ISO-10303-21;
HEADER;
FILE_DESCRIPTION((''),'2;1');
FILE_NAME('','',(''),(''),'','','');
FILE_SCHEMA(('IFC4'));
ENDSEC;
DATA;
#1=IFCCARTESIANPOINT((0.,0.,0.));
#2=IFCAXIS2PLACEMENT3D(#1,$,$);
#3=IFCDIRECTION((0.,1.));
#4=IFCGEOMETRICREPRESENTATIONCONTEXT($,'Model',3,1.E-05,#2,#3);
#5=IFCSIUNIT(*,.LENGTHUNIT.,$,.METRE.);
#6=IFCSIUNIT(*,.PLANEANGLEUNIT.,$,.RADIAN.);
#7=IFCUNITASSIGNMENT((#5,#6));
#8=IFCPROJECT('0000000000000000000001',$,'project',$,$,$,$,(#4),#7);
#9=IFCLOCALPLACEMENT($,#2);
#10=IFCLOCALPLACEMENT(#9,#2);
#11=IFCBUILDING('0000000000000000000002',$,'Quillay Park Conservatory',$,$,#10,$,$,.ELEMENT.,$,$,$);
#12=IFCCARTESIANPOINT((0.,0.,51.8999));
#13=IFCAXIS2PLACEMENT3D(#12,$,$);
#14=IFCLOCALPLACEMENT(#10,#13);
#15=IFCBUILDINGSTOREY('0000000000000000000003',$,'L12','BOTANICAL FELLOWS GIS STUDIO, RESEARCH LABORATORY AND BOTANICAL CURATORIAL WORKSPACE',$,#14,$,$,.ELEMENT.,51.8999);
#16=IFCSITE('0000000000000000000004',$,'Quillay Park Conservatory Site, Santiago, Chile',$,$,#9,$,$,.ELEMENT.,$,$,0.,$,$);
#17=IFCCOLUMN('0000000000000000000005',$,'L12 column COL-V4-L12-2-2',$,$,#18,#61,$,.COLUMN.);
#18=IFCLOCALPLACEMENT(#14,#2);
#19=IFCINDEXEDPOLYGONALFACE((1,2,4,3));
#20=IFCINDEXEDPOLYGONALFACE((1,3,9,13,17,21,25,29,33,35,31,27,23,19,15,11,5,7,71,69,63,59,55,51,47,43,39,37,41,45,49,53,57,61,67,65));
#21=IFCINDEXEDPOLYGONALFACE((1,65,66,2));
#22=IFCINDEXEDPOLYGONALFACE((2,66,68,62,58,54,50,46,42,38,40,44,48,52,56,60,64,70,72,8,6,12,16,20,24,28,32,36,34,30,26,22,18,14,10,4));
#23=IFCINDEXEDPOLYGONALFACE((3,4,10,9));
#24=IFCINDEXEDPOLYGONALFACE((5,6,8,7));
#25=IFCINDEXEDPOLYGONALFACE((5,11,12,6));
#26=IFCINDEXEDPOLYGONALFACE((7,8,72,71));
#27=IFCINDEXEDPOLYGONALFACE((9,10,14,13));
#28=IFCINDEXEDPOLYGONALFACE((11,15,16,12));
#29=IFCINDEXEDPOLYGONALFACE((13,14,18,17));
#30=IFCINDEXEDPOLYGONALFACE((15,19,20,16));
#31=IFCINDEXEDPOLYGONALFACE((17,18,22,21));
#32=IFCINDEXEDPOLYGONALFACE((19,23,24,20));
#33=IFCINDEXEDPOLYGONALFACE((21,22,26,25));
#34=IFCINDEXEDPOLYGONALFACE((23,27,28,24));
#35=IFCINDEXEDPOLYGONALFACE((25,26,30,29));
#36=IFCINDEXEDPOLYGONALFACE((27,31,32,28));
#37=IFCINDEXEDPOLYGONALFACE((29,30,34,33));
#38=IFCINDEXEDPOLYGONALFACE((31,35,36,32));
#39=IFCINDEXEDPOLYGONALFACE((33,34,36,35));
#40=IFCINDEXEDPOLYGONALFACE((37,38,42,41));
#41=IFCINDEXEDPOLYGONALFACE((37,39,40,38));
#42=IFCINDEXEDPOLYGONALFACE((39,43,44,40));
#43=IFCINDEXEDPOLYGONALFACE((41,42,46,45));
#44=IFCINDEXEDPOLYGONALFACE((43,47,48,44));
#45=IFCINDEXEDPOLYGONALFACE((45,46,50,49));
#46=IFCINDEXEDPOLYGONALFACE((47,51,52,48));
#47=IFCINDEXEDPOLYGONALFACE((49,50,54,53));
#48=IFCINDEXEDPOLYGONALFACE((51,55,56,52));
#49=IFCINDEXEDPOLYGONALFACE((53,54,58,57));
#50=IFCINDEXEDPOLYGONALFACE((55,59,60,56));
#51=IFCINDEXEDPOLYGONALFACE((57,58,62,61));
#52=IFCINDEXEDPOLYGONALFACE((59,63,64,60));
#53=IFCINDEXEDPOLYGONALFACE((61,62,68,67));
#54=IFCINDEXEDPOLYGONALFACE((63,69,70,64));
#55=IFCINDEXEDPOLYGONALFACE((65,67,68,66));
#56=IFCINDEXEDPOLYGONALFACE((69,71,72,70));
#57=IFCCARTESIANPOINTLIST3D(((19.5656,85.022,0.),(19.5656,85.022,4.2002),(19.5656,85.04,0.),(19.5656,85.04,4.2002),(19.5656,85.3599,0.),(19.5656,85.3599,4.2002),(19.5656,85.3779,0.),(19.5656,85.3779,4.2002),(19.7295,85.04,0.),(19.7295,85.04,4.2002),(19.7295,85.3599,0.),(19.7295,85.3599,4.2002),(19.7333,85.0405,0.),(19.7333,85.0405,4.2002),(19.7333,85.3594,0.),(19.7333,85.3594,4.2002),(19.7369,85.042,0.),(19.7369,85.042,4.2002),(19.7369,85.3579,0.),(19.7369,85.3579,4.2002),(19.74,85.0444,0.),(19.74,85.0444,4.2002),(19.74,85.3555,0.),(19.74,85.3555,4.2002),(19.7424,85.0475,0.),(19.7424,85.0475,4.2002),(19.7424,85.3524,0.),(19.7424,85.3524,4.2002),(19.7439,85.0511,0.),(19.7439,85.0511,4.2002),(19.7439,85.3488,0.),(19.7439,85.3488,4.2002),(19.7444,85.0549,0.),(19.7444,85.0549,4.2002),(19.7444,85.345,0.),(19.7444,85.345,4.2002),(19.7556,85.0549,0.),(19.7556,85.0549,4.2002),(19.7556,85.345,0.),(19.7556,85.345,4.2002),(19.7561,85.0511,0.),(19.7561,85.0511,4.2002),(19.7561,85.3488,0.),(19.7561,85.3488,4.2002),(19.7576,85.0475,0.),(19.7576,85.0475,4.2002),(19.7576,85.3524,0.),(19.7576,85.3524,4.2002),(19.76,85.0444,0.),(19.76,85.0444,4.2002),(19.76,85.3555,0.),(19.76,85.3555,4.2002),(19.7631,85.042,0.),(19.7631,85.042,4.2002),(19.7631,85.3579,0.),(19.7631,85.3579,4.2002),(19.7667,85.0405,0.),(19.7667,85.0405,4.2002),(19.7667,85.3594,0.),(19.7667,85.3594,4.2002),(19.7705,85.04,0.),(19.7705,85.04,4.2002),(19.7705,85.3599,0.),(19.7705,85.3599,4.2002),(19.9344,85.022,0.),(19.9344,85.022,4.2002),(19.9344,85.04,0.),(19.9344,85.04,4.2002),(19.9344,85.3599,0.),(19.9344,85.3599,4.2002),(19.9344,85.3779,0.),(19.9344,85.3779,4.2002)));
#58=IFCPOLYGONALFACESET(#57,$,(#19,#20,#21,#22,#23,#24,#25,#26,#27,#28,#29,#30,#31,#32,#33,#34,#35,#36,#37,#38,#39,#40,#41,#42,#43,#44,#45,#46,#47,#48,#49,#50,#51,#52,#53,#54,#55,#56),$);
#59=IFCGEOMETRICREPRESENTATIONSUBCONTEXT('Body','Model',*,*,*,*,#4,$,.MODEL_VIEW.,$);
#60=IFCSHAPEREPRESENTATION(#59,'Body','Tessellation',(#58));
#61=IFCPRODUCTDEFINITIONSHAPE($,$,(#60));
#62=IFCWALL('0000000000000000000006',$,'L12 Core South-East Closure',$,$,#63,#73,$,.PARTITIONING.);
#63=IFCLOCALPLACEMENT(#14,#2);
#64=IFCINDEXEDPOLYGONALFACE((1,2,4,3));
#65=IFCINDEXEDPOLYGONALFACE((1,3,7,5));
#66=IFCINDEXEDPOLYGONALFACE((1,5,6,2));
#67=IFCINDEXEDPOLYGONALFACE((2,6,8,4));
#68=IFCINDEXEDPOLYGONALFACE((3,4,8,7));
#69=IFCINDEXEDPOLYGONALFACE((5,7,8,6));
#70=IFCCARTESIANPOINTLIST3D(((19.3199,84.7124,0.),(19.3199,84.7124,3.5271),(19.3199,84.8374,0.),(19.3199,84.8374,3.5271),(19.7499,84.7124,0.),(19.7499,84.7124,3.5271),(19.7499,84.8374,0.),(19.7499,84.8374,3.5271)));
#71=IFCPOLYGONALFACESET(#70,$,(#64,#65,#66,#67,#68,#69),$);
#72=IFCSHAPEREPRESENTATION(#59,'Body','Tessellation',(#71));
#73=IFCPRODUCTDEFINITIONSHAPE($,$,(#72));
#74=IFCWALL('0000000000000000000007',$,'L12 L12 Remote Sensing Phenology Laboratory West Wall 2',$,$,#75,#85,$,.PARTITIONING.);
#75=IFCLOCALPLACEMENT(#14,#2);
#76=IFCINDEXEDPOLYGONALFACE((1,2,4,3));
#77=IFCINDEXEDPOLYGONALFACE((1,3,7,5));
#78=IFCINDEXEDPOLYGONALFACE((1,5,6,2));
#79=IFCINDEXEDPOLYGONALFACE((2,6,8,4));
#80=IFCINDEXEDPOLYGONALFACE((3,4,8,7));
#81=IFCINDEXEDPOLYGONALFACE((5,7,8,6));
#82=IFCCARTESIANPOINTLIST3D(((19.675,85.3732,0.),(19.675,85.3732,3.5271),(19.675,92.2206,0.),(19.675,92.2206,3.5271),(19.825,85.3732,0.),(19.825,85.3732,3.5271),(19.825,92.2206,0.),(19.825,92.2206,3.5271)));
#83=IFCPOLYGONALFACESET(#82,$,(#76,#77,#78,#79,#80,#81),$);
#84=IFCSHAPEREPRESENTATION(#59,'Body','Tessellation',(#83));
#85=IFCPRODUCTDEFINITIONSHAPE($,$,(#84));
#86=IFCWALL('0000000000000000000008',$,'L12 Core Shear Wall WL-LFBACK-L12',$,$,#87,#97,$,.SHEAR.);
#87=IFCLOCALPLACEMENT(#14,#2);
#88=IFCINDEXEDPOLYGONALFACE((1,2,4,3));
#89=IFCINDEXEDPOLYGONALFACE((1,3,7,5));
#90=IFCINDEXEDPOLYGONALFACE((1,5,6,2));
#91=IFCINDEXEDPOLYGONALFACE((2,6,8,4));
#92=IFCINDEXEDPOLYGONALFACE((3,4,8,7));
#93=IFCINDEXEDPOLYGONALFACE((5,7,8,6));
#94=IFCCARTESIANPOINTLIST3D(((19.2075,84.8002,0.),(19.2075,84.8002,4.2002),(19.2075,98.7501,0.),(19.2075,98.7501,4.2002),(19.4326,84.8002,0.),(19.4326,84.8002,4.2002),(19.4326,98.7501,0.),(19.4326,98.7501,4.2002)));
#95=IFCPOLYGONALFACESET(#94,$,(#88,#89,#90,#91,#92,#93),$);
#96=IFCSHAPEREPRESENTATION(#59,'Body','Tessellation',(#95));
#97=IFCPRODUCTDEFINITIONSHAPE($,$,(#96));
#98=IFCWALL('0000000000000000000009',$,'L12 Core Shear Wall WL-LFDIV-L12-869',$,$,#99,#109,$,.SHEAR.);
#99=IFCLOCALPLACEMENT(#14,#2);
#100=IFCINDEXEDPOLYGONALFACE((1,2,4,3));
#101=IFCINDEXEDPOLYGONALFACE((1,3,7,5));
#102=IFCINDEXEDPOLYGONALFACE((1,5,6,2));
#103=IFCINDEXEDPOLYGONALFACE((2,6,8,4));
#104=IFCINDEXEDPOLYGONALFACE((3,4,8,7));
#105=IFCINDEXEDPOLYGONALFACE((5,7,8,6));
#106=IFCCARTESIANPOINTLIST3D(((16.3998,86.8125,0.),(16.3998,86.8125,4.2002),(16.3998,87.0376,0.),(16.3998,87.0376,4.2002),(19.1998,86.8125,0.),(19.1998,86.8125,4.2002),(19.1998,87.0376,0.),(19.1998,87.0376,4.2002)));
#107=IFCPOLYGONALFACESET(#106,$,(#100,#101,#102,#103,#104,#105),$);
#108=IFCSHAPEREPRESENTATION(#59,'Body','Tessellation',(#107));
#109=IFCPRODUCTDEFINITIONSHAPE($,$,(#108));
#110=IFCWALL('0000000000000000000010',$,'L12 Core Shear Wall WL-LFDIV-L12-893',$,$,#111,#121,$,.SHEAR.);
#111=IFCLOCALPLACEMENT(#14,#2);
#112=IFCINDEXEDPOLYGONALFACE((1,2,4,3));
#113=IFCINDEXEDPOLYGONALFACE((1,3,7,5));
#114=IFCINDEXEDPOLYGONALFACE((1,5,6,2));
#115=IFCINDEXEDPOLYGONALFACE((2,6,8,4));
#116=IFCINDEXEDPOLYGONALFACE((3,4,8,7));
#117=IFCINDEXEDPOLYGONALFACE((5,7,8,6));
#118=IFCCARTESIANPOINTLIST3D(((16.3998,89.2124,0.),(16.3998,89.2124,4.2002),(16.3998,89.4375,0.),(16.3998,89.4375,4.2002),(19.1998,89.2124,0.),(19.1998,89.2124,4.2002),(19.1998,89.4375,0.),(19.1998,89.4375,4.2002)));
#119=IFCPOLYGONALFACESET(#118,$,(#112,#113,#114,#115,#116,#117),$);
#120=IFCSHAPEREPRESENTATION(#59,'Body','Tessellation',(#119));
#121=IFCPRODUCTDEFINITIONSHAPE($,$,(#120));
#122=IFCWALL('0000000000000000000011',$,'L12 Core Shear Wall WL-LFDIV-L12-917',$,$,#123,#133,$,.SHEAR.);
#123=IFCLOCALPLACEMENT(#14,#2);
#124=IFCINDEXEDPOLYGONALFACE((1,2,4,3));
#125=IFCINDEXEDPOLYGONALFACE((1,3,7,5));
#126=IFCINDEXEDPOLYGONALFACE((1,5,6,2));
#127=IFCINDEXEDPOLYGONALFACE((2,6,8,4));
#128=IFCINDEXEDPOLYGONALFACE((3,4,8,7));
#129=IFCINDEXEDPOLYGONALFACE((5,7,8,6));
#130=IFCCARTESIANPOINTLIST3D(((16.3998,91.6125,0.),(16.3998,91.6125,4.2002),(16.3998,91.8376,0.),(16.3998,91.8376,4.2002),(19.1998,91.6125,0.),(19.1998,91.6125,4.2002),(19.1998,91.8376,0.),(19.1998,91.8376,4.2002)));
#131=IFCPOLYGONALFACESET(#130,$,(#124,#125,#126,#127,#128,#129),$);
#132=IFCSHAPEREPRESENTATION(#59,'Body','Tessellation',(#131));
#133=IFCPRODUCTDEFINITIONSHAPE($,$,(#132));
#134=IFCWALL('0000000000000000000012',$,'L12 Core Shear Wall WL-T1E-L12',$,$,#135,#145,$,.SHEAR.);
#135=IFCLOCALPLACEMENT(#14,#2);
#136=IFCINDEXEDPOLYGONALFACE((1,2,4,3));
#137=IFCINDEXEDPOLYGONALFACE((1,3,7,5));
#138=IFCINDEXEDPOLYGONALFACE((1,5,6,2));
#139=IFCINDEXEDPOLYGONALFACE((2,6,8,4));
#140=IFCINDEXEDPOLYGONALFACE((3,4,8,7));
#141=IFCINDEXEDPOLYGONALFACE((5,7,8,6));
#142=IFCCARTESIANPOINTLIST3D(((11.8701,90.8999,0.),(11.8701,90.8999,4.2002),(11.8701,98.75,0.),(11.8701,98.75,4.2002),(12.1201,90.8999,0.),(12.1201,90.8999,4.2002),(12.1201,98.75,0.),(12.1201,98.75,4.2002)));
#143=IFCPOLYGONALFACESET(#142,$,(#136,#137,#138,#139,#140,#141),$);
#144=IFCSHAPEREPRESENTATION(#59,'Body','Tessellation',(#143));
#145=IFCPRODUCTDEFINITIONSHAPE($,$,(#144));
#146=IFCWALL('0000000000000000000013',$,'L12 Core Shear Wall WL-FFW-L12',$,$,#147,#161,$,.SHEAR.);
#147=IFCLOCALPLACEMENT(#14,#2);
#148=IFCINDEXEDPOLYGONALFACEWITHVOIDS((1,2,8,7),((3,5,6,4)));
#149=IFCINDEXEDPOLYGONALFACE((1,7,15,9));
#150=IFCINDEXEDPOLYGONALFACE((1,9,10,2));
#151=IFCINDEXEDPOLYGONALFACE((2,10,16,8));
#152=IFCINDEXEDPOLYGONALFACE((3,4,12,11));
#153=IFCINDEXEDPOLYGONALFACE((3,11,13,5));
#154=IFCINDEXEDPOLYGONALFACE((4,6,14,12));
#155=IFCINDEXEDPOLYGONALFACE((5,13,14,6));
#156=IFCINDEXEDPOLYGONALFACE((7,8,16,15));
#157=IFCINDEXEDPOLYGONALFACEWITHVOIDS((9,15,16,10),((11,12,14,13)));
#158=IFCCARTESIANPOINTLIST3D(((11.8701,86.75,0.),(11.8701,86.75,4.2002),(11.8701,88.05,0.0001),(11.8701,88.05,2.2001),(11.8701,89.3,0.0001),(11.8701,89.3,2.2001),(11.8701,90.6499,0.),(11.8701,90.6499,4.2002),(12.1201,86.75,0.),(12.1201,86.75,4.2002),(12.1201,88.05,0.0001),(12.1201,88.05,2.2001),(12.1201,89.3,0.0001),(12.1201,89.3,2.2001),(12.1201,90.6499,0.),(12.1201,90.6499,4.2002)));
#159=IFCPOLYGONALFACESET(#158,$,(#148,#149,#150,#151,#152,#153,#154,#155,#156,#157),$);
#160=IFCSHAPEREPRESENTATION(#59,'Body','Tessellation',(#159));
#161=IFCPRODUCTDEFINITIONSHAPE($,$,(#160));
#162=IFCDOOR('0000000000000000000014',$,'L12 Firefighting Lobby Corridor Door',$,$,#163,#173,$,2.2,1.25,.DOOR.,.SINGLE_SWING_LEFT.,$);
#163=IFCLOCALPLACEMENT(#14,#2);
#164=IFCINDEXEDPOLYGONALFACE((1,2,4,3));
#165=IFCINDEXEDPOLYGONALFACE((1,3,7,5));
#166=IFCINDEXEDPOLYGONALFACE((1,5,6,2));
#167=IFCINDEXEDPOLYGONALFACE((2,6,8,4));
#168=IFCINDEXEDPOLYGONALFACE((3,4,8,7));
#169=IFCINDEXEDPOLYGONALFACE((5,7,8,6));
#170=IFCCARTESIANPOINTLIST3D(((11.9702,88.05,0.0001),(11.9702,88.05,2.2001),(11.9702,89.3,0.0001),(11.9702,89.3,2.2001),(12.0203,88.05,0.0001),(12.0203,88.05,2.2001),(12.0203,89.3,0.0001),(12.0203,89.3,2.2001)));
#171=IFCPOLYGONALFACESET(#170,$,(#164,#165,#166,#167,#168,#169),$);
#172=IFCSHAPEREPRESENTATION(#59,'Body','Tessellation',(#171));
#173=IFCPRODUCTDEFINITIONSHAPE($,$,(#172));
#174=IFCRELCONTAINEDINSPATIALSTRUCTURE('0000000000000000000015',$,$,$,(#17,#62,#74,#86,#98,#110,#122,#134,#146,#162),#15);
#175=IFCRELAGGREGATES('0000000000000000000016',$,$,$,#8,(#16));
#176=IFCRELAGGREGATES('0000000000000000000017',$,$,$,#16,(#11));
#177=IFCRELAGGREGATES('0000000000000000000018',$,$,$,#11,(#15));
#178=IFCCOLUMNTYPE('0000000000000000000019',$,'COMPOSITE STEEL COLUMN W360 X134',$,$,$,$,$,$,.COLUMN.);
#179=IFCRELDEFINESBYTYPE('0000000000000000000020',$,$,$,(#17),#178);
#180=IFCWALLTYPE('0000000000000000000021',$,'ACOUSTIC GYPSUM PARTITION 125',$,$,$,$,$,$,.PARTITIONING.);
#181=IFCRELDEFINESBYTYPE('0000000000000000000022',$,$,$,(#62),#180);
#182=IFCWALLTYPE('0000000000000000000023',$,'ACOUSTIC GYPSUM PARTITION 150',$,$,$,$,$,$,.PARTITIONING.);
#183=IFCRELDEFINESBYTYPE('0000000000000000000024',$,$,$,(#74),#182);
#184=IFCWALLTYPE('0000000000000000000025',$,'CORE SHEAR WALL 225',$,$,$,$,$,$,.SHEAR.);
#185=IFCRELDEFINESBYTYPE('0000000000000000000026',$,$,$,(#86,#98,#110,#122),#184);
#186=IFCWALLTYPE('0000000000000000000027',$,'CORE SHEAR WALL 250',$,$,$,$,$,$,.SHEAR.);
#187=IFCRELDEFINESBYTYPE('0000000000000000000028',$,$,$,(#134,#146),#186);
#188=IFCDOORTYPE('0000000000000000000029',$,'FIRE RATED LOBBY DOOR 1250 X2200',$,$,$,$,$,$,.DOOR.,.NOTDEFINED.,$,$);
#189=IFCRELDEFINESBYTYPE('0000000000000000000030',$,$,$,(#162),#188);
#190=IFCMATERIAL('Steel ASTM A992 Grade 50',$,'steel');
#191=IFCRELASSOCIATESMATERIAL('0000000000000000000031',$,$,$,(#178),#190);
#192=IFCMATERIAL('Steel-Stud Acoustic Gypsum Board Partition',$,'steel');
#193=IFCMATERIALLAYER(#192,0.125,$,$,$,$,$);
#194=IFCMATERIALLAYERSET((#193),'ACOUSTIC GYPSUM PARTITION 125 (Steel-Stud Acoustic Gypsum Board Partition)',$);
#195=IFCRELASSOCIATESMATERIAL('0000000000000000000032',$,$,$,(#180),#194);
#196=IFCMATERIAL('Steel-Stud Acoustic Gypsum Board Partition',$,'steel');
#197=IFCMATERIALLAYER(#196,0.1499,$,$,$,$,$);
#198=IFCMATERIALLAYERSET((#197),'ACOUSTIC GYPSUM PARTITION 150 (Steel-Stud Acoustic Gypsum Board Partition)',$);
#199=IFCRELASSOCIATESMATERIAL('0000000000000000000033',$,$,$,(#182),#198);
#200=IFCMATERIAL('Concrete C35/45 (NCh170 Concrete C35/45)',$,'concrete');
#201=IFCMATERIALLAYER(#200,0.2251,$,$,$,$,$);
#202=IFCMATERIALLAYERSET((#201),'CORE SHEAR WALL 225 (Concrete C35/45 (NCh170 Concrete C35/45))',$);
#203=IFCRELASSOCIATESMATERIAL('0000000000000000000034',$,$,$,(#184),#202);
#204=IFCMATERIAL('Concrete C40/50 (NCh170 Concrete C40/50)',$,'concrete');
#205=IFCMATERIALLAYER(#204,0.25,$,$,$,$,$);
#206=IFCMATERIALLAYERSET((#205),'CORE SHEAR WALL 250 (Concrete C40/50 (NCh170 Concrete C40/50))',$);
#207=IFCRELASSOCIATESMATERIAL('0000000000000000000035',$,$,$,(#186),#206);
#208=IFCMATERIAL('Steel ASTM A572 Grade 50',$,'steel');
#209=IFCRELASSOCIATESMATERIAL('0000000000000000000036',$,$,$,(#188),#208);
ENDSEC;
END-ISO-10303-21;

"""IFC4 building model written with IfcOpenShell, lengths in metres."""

from ifc_helpers import new_model, si_unit, direction, frame, frame_2d, origin, origin_2d, place, context, subcontext, project, spatial, rectangle, i_section, extrude, material, layer, layer_set, material_profile, profile_set, type_object, element, fill, save


model = new_model("IFC4")

# Units and contexts
model_context = context("Model", 3, precision=1e-05, world=origin(), true_north=direction((0.0, 1.0)))
body_context = subcontext(model_context, "Body", "Model", "MODEL_VIEW")
ifc_project = project(units=[si_unit("LENGTHUNIT", "METRE"), si_unit("PLANEANGLEUNIT", "RADIAN")], contexts=[model_context])

# Site, building, storey
site_placement = place(None, origin())
site = spatial("IfcSite", under=ifc_project, at=site_placement, Name="Quillay Park Conservatory Site, Santiago, Chile", CompositionType="ELEMENT", RefElevation=0.0)
building_placement = place(site_placement, origin())
building = spatial("IfcBuilding", under=site, at=building_placement, Name="Quillay Park Conservatory", CompositionType="ELEMENT")
storey_placement = place(building_placement, frame((0.0, 0.0, 51.8999)))
storey = spatial("IfcBuildingStorey", under=building, at=storey_placement, Name="L12", Description="BOTANICAL FELLOWS GIS STUDIO, RESEARCH LABORATORY AND BOTANICAL CURATORIAL WORKSPACE", CompositionType="ELEMENT", Elevation=51.8999)

# Column
ifc_material_1 = material(Name="Steel ASTM A992 Grade 50", Category="steel")
ifc_material_profile = material_profile(ifc_material_1, i_section(OverallWidth=0.3689, OverallDepth=0.356, WebThickness=0.0112, FlangeThickness=0.0181, FilletRadius=0.0149, at=origin_2d()), Name="W360x134")
ifc_profile_set = profile_set([ifc_material_profile], Name="Steel ASTM A992 Grade 50")
column_type = type_object("IfcColumnType", Name="COMPOSITE STEEL COLUMN W360 X134", PredefinedType="COLUMN", material=ifc_profile_set)
column_placement = place(storey_placement, frame((19.75, 85.2, 0.0), z_axis=(0.0, 0.0, 1.0), x_axis=(1.0, 0.0, 0.0)))
element("IfcColumn", 1, at=column_placement, inside=storey, type_object=column_type, Name="L12 column COL-V4-L12-2-2", PredefinedType="COLUMN", context=body_context, shape_type="SweptSolid", body=[
    extrude(i_section(OverallWidth=0.3689, OverallDepth=0.356, WebThickness=0.0112, FlangeThickness=0.0181, FilletRadius=0.0149, at=origin_2d()), origin(), (0.0, 0.0, 1.0), 4.2002),
])

# Walls
ifc_material_2 = material(Name="Steel-Stud Acoustic Gypsum Board Partition", Category="steel")
ifc_layer_1 = layer(ifc_material_2, 0.125)
ifc_layer_set_1 = layer_set([ifc_layer_1], Name="ACOUSTIC GYPSUM PARTITION 125 (Steel-Stud Acoustic Gypsum Board Partition)")
wall_type_1 = type_object("IfcWallType", Name="ACOUSTIC GYPSUM PARTITION 125", PredefinedType="PARTITIONING", material=ifc_layer_set_1)
wall_1_placement = place(storey_placement, frame((19.3201, 84.7749, 0.0), z_axis=(0.0, 0.0, 1.0), x_axis=(1.0, 0.0, 0.0)))
element("IfcWall", 2, at=wall_1_placement, inside=storey, type_object=wall_type_1, Name="L12 Core South-East Closure", PredefinedType="PARTITIONING", context=body_context, shape_type="SweptSolid", body=[
    extrude(rectangle(XDim=0.4299, YDim=0.125, at=frame_2d((0.2148, 0.0))), origin(), (0.0, 0.0, 1.0), 3.5271),
])
ifc_material_3 = material(Name="Steel-Stud Acoustic Gypsum Board Partition", Category="steel")
ifc_layer_2 = layer(ifc_material_3, 0.1499)
ifc_layer_set_2 = layer_set([ifc_layer_2], Name="ACOUSTIC GYPSUM PARTITION 150 (Steel-Stud Acoustic Gypsum Board Partition)")
wall_type_2 = type_object("IfcWallType", Name="ACOUSTIC GYPSUM PARTITION 150", PredefinedType="PARTITIONING", material=ifc_layer_set_2)
wall_2_placement = place(storey_placement, frame((19.75, 85.373, 0.0), z_axis=(0.0, 0.0, 1.0), x_axis=(0.0, 1.0, 0.0)))
element("IfcWall", 3, at=wall_2_placement, inside=storey, type_object=wall_type_2, Name="L12 L12 Remote Sensing Phenology Laboratory West Wall 2", PredefinedType="PARTITIONING", context=body_context, shape_type="SweptSolid", body=[
    extrude(rectangle(XDim=6.8474, YDim=0.1499, at=frame_2d((3.4238, 0.0))), origin(), (0.0, 0.0, 1.0), 3.5271),
])
ifc_material_4 = material(Name="Concrete C35/45 (NCh170 Concrete C35/45)", Category="concrete")
ifc_layer_3 = layer(ifc_material_4, 0.2251)
ifc_layer_set_3 = layer_set([ifc_layer_3], Name="CORE SHEAR WALL 225 (Concrete C35/45 (NCh170 Concrete C35/45))")
wall_type_3 = type_object("IfcWallType", Name="CORE SHEAR WALL 225", PredefinedType="SHEAR", material=ifc_layer_set_3)
wall_3_placement = place(storey_placement, frame((19.3201, 84.8, 0.0), z_axis=(0.0, 0.0, 1.0), x_axis=(0.0, 1.0, 0.0)))
element("IfcWall", 4, at=wall_3_placement, inside=storey, type_object=wall_type_3, Name="L12 Core Shear Wall WL-LFBACK-L12", PredefinedType="SHEAR", context=body_context, shape_type="SweptSolid", body=[
    extrude(rectangle(XDim=13.95, YDim=0.2251, at=frame_2d((6.9751, 0.0))), origin(), (0.0, 0.0, 1.0), 4.2002),
])
for number, where, z_axis, x_axis, name in (
    (5, (16.3999, 86.925, 0.0), (0.0, 0.0, 1.0), (1.0, 0.0, 0.0), "L12 Core Shear Wall WL-LFDIV-L12-869"),
    (6, (16.3999, 89.325, 0.0), (0.0, 0.0, 1.0), (1.0, 0.0, 0.0), "L12 Core Shear Wall WL-LFDIV-L12-893"),
    (7, (16.3999, 91.7251, 0.0), (0.0, 0.0, 1.0), (1.0, 0.0, 0.0), "L12 Core Shear Wall WL-LFDIV-L12-917"),
):
    element("IfcWall", number, at=place(storey_placement, frame(where, z_axis=z_axis, x_axis=x_axis)), inside=storey, type_object=wall_type_3, Name=name, PredefinedType="SHEAR", context=body_context, shape_type="SweptSolid", body=[
        extrude(rectangle(XDim=2.8, YDim=0.2251, at=frame_2d((1.3999, 0.0))), origin(), (0.0, 0.0, 1.0), 4.2002),
    ])
ifc_material_5 = material(Name="Concrete C40/50 (NCh170 Concrete C40/50)", Category="concrete")
ifc_layer_4 = layer(ifc_material_5, 0.25)
ifc_layer_set_4 = layer_set([ifc_layer_4], Name="CORE SHEAR WALL 250 (Concrete C40/50 (NCh170 Concrete C40/50))")
wall_type_4 = type_object("IfcWallType", Name="CORE SHEAR WALL 250", PredefinedType="SHEAR", material=ifc_layer_set_4)
wall_4_placement = place(storey_placement, frame((11.9951, 90.8999, 0.0), z_axis=(0.0, 0.0, 1.0), x_axis=(0.0, 1.0, 0.0)))
element("IfcWall", 8, at=wall_4_placement, inside=storey, type_object=wall_type_4, Name="L12 Core Shear Wall WL-T1E-L12", PredefinedType="SHEAR", context=body_context, shape_type="SweptSolid", body=[
    extrude(rectangle(XDim=7.8501, YDim=0.25, at=frame_2d((3.925, 0.0))), origin(), (0.0, 0.0, 1.0), 4.2002),
])

# Wall, opening, door
wall_5_placement = place(storey_placement, frame((11.9951, 86.75, 0.0), z_axis=(0.0, 0.0, 1.0), x_axis=(0.0, 1.0, 0.0)))
wall_5 = element("IfcWall", 9, at=wall_5_placement, inside=storey, type_object=wall_type_4, Name="L12 Core Shear Wall WL-FFW-L12", PredefinedType="SHEAR", context=body_context, shape_type="SweptSolid", body=[
    extrude(rectangle(XDim=3.8999, YDim=0.25, at=frame_2d((1.95, 0.0))), origin(), (0.0, 0.0, 1.0), 4.2002),
])
opening_1_placement = place(wall_5_placement, frame((1.3, 0.0, 0.0)))
opening_1 = element("IfcOpeningElement", 10, at=opening_1_placement, cuts=wall_5, PredefinedType="OPENING", context=body_context, shape_type="SweptSolid", body=[
    extrude(rectangle(XDim=1.25, YDim=2.2, at=frame_2d((0.625, 1.1001))), frame((0.0, 0.125, 0.0), z_axis=(0.0, -1.0, 0.0), x_axis=(1.0, 0.0, 0.0)), (0.0, 0.0, 1.0), 0.25),
])
ifc_material_6 = material(Name="Steel ASTM A572 Grade 50", Category="steel")
door_type_1 = type_object("IfcDoorType", Name="FIRE RATED LOBBY DOOR 1250 X2200", OperationType="NOTDEFINED", PredefinedType="DOOR", material=ifc_material_6)
door_1_placement = place(opening_1_placement, origin())
door_1 = element("IfcDoor", 11, at=door_1_placement, inside=storey, type_object=door_type_1, Name="L12 Firefighting Lobby Corridor Door", OperationType="SINGLE_SWING_LEFT", OverallHeight=2.2, OverallWidth=1.25, PredefinedType="DOOR", context=body_context, shape_type="SweptSolid", body=[
    extrude(rectangle(XDim=1.25, YDim=2.2, at=frame_2d((0.625, 1.1001))), frame((0.0, 0.0249, 0.0), z_axis=(0.0, -1.0, 0.0), x_axis=(1.0, 0.0, 0.0)), (0.0, 0.0, 1.0), 0.05),
])
fill(opening_1, door_1)

save(model, "model.ifc")
